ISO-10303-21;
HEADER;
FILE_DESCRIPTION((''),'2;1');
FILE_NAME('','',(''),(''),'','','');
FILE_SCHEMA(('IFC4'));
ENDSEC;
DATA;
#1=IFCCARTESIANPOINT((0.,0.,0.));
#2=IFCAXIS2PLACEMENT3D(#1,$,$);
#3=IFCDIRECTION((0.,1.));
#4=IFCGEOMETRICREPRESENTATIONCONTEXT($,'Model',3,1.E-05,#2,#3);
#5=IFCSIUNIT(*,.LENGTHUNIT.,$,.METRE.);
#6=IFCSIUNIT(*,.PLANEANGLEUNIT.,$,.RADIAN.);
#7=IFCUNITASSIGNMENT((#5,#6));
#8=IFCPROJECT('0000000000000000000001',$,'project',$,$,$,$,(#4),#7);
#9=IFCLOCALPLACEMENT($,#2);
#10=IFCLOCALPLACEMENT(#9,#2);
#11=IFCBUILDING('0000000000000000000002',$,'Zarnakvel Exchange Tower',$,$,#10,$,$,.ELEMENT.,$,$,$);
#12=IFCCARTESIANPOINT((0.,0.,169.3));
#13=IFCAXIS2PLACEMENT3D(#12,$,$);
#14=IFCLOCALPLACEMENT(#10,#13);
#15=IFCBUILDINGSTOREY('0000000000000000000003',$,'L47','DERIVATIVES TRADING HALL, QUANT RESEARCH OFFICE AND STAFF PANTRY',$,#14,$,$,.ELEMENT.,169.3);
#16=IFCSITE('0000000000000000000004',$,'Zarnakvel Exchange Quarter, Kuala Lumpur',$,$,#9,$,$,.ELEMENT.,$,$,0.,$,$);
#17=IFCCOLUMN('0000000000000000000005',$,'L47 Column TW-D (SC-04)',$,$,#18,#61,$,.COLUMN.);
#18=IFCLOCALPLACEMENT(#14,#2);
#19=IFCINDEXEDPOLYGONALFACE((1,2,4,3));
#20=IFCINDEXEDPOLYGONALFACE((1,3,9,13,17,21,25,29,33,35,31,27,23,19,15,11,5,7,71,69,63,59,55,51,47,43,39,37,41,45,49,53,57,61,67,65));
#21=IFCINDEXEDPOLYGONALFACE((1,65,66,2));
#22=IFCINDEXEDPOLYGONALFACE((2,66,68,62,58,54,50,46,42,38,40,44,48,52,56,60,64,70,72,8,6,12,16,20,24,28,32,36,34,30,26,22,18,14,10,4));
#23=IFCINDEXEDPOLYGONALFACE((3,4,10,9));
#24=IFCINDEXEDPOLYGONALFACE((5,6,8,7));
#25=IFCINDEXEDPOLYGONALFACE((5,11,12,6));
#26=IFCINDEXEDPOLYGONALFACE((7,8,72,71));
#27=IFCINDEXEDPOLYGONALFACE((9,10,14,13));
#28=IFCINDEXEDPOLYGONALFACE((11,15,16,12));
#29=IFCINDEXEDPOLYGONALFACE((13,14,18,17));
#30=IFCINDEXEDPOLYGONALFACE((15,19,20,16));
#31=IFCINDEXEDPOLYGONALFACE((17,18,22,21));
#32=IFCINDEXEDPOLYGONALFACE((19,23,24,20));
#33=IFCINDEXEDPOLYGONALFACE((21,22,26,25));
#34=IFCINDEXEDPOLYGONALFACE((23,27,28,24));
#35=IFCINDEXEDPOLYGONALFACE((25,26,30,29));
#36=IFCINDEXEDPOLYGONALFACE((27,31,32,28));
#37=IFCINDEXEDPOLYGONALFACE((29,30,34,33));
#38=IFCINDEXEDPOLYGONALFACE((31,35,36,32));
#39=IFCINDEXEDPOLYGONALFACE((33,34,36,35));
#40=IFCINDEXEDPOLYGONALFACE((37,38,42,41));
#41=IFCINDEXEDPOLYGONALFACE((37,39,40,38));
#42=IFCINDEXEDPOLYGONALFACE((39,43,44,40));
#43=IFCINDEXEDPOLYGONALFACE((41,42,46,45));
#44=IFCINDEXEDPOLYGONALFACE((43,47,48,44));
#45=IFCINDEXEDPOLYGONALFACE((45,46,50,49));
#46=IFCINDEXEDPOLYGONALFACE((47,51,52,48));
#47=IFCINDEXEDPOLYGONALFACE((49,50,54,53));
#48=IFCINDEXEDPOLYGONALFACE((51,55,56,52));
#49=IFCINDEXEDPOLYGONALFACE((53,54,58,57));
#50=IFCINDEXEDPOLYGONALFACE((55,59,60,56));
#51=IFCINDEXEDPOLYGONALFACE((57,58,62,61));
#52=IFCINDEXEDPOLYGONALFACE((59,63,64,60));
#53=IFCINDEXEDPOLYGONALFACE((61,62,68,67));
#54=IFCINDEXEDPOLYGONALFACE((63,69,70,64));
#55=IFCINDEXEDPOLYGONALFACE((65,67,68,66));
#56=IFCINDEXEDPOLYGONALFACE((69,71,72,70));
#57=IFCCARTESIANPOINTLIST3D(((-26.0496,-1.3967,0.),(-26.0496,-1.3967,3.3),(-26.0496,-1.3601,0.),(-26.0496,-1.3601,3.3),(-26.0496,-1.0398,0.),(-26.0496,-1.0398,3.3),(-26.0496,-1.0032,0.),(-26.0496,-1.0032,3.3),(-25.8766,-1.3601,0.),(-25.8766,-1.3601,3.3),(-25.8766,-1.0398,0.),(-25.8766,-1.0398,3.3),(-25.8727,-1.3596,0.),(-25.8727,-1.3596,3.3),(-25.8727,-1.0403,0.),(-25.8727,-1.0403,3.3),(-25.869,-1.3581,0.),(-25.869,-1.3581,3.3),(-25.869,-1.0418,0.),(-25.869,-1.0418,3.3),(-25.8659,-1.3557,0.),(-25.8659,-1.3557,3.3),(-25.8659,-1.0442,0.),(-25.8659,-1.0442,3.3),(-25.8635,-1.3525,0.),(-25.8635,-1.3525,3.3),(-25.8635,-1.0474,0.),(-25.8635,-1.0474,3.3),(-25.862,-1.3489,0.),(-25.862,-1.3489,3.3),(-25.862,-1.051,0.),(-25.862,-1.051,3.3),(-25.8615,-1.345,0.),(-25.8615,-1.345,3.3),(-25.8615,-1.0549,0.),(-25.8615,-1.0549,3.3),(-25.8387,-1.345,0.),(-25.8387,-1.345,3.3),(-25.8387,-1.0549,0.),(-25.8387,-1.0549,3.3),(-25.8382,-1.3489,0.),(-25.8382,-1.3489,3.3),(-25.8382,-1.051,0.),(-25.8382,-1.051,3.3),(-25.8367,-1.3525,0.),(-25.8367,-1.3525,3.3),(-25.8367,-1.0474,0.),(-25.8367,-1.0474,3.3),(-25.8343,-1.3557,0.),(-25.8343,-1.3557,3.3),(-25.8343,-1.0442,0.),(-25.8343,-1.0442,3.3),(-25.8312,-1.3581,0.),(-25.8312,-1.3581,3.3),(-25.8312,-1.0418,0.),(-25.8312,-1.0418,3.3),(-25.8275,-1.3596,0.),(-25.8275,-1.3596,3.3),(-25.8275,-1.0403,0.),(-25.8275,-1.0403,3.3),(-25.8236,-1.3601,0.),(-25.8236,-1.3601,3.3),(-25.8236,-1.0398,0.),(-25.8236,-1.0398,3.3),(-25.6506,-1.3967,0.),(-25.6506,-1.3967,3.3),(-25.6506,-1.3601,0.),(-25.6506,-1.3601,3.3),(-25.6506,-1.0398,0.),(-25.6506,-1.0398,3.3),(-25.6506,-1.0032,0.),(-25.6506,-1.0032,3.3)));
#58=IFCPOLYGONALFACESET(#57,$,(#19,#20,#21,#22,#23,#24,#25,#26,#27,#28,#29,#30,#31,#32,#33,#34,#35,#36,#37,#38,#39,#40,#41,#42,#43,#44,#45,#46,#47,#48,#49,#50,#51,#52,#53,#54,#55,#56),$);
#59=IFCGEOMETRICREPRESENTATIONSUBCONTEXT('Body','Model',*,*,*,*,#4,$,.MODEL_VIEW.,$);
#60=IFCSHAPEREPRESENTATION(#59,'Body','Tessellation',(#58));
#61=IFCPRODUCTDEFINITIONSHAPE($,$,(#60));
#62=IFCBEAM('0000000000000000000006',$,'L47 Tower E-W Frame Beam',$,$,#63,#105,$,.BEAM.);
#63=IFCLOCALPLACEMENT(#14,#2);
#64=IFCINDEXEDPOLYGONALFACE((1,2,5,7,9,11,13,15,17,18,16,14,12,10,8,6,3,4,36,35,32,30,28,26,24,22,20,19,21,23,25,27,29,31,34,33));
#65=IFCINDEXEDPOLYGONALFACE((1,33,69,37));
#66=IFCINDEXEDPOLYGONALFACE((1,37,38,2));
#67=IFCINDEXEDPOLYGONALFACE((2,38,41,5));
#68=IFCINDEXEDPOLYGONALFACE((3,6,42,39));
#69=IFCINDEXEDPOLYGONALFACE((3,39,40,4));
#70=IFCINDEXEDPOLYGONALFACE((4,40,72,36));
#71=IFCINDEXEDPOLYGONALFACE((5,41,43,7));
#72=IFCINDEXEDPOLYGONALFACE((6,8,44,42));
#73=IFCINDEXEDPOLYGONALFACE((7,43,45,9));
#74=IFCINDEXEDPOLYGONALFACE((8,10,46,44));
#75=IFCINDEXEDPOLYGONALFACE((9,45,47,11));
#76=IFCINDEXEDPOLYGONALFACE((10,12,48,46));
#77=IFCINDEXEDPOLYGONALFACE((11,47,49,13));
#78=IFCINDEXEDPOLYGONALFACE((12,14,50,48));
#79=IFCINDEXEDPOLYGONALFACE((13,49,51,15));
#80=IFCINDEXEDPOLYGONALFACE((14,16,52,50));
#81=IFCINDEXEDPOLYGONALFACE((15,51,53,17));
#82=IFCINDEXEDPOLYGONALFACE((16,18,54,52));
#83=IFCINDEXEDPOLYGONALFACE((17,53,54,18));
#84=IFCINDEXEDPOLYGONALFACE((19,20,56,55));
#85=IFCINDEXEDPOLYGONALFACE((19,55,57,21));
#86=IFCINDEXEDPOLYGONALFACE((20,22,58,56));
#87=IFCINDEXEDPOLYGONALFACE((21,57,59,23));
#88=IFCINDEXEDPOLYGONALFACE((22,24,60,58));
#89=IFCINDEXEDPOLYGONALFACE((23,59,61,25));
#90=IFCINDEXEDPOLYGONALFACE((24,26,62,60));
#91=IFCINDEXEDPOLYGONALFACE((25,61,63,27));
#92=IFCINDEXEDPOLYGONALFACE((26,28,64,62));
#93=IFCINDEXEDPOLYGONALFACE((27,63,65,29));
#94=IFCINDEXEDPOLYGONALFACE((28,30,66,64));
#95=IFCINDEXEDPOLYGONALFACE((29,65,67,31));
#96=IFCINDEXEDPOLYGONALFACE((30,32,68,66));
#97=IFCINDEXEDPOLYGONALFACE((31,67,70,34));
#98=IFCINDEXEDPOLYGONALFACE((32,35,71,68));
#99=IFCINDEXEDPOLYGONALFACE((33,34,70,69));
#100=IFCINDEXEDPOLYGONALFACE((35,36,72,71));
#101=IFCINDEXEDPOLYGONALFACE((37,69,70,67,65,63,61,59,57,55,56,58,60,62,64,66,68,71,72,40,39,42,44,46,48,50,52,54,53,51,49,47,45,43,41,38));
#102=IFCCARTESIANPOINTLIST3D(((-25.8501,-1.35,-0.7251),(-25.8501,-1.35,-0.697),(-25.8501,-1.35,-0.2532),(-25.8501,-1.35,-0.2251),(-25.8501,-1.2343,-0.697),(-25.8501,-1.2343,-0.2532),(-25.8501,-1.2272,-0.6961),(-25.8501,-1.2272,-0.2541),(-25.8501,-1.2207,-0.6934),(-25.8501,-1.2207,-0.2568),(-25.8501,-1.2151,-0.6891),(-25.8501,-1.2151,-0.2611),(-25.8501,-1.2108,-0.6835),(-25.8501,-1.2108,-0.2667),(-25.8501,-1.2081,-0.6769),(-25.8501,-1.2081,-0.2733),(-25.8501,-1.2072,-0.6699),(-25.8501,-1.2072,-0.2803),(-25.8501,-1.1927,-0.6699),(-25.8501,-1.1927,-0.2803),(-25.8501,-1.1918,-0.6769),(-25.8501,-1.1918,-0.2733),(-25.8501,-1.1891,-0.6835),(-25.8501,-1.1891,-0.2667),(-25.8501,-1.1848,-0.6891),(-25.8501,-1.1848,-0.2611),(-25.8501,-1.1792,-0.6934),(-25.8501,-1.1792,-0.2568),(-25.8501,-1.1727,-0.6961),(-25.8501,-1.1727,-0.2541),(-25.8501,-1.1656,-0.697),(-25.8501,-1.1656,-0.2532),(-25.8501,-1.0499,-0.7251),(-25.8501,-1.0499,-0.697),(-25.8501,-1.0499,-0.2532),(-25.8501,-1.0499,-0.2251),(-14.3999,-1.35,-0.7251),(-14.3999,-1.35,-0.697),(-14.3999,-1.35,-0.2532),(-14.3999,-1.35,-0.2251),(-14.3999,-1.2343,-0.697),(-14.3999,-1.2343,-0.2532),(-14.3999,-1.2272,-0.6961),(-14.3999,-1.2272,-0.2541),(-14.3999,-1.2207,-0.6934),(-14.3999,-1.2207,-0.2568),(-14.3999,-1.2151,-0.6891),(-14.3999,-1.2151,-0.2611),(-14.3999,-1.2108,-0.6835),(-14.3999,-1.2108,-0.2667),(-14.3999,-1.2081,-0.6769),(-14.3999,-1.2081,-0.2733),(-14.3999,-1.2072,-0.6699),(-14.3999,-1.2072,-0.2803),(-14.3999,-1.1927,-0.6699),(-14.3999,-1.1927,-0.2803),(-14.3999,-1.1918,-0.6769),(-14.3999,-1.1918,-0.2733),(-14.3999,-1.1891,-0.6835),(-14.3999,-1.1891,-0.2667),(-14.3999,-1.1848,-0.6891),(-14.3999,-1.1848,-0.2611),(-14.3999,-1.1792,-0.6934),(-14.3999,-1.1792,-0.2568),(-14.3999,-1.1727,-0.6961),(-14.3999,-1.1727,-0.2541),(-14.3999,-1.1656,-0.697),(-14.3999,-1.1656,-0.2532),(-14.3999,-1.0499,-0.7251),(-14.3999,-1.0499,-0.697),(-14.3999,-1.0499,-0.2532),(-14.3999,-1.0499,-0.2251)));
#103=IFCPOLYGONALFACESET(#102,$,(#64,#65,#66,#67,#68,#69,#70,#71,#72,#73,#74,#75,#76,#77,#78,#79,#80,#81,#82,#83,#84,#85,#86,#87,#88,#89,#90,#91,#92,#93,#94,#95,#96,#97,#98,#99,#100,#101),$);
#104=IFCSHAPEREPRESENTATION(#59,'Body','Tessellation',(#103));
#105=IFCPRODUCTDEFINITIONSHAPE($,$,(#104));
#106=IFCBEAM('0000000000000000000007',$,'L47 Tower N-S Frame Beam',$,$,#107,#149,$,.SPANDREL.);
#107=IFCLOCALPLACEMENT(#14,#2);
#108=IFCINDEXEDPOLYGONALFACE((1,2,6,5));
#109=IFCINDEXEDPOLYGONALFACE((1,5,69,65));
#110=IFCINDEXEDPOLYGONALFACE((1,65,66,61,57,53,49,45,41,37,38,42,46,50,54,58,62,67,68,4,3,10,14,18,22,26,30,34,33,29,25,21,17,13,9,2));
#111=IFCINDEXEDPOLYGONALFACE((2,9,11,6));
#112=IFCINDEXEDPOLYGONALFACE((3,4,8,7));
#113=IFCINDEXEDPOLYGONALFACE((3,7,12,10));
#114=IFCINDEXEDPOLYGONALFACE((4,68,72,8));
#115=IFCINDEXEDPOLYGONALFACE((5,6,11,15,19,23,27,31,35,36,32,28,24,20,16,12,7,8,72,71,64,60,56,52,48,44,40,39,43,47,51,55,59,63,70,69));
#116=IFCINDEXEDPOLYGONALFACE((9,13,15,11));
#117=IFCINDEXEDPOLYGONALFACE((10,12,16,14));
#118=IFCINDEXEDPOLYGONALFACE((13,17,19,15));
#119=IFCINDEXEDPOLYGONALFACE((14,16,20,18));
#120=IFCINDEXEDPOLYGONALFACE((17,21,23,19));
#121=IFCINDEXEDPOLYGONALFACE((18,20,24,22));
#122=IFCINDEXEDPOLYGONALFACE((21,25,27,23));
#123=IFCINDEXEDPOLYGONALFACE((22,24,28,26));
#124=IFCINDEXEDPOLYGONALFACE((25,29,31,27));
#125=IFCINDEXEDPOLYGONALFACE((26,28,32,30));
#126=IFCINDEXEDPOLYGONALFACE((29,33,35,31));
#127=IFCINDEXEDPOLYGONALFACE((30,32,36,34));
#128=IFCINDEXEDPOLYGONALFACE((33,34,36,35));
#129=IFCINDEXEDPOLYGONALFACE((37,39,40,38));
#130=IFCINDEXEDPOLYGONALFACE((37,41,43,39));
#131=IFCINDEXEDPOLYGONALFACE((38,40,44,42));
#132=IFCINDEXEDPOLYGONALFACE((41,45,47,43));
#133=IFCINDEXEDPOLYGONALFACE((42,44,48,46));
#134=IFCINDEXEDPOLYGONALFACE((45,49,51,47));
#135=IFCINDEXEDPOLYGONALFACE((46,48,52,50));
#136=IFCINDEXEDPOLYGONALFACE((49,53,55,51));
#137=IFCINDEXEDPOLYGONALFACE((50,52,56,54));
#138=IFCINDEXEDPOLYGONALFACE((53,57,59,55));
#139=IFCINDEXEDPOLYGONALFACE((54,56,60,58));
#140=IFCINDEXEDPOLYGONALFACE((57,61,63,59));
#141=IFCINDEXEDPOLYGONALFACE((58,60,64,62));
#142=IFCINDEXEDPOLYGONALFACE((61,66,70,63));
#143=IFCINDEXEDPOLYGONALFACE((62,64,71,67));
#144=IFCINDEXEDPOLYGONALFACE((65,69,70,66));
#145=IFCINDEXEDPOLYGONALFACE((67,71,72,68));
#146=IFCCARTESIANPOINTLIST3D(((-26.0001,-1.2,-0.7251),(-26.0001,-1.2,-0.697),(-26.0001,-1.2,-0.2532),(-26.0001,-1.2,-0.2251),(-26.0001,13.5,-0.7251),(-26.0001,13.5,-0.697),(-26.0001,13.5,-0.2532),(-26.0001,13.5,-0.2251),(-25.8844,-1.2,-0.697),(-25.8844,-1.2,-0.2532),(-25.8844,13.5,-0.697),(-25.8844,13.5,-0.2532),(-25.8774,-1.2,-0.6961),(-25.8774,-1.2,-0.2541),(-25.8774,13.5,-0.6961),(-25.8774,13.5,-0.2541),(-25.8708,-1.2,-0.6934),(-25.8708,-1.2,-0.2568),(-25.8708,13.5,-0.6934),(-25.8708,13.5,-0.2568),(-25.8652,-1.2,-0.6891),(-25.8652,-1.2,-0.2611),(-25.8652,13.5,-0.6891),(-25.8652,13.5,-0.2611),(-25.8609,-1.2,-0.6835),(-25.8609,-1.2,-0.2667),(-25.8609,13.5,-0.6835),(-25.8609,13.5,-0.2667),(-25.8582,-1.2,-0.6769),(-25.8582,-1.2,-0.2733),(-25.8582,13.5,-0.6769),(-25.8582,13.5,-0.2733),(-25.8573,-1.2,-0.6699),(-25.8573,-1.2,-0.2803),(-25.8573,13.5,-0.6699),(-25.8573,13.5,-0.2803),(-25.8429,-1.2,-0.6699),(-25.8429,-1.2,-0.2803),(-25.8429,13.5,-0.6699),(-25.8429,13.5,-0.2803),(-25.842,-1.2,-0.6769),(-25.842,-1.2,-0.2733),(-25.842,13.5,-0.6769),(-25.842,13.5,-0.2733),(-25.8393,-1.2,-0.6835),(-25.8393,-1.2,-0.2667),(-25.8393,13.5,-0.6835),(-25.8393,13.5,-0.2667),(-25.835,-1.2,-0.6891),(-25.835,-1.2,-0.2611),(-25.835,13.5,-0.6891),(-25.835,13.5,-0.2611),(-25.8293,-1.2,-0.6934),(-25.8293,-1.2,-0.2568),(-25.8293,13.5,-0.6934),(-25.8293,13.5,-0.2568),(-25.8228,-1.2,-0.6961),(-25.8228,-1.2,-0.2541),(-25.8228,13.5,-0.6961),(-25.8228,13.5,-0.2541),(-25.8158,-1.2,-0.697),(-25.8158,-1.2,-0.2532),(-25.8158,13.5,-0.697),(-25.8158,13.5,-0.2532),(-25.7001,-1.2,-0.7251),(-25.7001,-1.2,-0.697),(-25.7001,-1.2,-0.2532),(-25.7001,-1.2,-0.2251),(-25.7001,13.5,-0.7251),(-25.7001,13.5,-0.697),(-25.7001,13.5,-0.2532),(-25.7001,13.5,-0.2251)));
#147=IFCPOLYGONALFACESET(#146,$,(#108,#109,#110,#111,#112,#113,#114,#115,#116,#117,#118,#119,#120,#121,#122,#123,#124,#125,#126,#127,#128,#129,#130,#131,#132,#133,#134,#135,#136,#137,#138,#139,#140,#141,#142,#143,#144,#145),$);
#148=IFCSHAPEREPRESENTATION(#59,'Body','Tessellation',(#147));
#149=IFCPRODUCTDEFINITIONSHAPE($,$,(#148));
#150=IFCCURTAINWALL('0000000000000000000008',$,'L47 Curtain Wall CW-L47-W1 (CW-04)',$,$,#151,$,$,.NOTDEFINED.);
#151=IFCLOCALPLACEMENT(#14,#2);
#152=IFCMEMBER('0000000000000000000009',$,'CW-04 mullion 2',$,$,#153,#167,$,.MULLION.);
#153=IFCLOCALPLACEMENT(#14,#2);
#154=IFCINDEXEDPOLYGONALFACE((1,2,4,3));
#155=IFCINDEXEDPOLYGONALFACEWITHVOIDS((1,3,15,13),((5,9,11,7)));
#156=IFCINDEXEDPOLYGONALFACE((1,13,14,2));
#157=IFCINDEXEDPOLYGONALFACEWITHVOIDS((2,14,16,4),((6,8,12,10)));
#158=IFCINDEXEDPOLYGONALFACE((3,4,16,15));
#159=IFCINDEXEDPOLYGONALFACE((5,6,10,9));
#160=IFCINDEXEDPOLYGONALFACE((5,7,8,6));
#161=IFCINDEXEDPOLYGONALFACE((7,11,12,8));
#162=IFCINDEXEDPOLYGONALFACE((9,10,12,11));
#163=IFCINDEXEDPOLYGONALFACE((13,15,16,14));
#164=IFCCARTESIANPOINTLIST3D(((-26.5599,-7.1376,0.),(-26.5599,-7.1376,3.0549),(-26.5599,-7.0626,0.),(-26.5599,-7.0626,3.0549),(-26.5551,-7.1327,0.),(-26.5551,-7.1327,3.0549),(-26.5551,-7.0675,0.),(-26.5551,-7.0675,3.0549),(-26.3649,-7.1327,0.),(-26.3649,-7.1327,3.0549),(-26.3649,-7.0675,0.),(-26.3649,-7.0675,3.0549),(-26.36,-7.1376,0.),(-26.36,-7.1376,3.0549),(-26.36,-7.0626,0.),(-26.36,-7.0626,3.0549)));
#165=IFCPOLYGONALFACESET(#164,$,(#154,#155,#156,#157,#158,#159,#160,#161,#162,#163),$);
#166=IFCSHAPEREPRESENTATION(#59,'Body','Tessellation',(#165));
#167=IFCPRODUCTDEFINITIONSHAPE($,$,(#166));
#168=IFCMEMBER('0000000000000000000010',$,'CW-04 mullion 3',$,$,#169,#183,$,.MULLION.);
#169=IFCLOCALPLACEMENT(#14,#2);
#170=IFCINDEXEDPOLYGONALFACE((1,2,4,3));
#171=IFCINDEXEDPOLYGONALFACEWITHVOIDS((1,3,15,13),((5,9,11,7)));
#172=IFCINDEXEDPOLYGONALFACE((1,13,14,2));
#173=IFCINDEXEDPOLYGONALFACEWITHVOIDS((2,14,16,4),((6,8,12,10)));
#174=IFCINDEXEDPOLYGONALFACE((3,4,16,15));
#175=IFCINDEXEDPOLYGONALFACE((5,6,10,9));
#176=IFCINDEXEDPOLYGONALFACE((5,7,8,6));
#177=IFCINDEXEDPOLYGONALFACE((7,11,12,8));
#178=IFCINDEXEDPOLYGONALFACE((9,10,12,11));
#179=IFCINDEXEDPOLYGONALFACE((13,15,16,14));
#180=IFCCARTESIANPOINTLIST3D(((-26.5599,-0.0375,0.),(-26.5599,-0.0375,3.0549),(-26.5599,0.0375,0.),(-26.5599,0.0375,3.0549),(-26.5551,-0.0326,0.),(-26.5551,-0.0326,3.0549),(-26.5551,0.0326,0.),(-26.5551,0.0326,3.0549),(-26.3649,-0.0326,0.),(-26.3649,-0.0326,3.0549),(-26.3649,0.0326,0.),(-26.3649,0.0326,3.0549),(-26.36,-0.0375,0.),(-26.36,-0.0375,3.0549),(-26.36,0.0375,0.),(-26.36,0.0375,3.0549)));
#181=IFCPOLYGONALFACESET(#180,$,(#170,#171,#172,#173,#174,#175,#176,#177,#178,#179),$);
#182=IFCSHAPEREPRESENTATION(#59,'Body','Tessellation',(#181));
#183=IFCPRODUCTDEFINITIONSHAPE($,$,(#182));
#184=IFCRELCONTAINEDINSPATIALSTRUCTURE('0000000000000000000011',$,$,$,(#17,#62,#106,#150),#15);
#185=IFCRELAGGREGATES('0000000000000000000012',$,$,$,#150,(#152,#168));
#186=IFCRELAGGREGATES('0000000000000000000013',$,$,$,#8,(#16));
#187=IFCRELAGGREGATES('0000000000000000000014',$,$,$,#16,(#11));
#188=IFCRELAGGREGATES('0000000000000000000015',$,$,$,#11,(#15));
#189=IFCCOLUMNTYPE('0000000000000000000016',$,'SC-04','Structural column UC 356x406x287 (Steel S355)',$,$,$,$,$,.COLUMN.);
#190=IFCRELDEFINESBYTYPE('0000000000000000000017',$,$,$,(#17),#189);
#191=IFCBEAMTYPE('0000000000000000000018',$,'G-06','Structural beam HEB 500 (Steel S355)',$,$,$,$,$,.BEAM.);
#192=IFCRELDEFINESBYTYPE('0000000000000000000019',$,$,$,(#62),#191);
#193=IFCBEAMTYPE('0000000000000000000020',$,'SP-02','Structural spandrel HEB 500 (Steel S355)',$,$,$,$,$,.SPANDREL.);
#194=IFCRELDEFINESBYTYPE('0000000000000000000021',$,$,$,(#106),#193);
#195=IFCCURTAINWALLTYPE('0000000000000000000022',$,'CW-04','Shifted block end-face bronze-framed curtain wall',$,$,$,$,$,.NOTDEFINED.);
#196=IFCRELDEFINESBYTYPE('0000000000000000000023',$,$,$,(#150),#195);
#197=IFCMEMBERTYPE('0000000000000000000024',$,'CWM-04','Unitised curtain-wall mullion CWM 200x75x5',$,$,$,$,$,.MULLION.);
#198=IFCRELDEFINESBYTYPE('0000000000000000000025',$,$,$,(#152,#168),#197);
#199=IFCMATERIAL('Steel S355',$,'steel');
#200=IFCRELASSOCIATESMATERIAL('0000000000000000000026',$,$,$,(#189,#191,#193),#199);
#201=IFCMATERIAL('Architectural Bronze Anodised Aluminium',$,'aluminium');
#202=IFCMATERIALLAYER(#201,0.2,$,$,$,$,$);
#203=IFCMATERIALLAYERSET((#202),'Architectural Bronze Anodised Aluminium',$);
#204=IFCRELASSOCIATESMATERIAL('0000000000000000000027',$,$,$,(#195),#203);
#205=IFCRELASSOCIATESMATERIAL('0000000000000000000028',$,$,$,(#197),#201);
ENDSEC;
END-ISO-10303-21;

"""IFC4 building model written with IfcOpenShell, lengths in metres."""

from ifc_helpers import new_model, si_unit, direction, frame, origin, origin_2d, place, context, subcontext, project, spatial, hollow_rectangle, i_section, extrude, source, transform, mapped, material, layer, layer_set, material_profile, profile_set, type_object, element, aggregate, save


model = new_model("IFC4")

# Units and contexts
model_context = context("Model", 3, precision=1e-05, world=origin(), true_north=direction((0.0, 1.0)))
body_context = subcontext(model_context, "Body", "Model", "MODEL_VIEW")
ifc_project = project(units=[si_unit("LENGTHUNIT", "METRE"), si_unit("PLANEANGLEUNIT", "RADIAN")], contexts=[model_context])

# Site, building, storey
site_placement = place(None, origin())
site = spatial("IfcSite", under=ifc_project, at=site_placement, Name="Zarnakvel Exchange Quarter, Kuala Lumpur", CompositionType="ELEMENT", RefElevation=0.0)
building_placement = place(site_placement, origin())
building = spatial("IfcBuilding", under=site, at=building_placement, Name="Zarnakvel Exchange Tower", CompositionType="ELEMENT")
storey_placement = place(building_placement, frame((0.0, 0.0, 169.3)))
storey = spatial("IfcBuildingStorey", under=building, at=storey_placement, Name="L47", Description="DERIVATIVES TRADING HALL, QUANT RESEARCH OFFICE AND STAFF PANTRY", CompositionType="ELEMENT", Elevation=169.3)

# Column
ifc_material_1 = material(Name="Steel S355", Category="steel")
ifc_material_profile_1 = material_profile(ifc_material_1, i_section(OverallWidth=0.3989, OverallDepth=0.3936, WebThickness=0.0227, FlangeThickness=0.0366, FilletRadius=0.0151, at=origin_2d()))
ifc_profile_set_1 = profile_set([ifc_material_profile_1], Name="Steel S355")
column_type = type_object("IfcColumnType", Name="SC-04", Description="Structural column UC 356x406x287 (Steel S355)", PredefinedType="COLUMN", material=ifc_profile_set_1)
column_placement = place(storey_placement, frame((-25.8501, -1.2, 0.0), z_axis=(0.0, 0.0, 1.0), x_axis=(1.0, 0.0, 0.0)))
element("IfcColumn", 1, at=column_placement, inside=storey, type_object=column_type, Name="L47 Column TW-D (SC-04)", PredefinedType="COLUMN", context=body_context, shape_type="SweptSolid", body=[
    extrude(i_section(OverallWidth=0.3989, OverallDepth=0.3936, WebThickness=0.0227, FlangeThickness=0.0366, FilletRadius=0.0151, at=origin_2d()), origin(), (0.0, 0.0, 1.0), 3.3),
])

# Beams
ifc_material_profile_2 = material_profile(ifc_material_1, i_section(OverallWidth=0.3, OverallDepth=0.5, WebThickness=0.0144, FlangeThickness=0.0281, FilletRadius=0.0271, at=origin_2d()))
ifc_profile_set_2 = profile_set([ifc_material_profile_2], Name="Steel S355")
beam_type_1 = type_object("IfcBeamType", Name="G-06", Description="Structural beam HEB 500 (Steel S355)", PredefinedType="BEAM", material=ifc_profile_set_2)
beam_1_placement = place(storey_placement, frame((-25.8501, -1.2, -0.4751), z_axis=(1.0, 0.0, 0.0), x_axis=(0.0, 1.0, 0.0)))
element("IfcBeam", 2, at=beam_1_placement, inside=storey, type_object=beam_type_1, Name="L47 Tower E-W Frame Beam", PredefinedType="BEAM", context=body_context, shape_type="SweptSolid", body=[
    extrude(i_section(OverallWidth=0.3, OverallDepth=0.5, WebThickness=0.0144, FlangeThickness=0.0281, FilletRadius=0.0271, at=origin_2d()), origin(), (0.0, 0.0, 1.0), 11.4502),
])
ifc_material_profile_3 = material_profile(ifc_material_1, i_section(OverallWidth=0.3, OverallDepth=0.5, WebThickness=0.0144, FlangeThickness=0.0281, FilletRadius=0.0271, at=origin_2d()))
ifc_profile_set_3 = profile_set([ifc_material_profile_3], Name="Steel S355")
beam_type_2 = type_object("IfcBeamType", Name="SP-02", Description="Structural spandrel HEB 500 (Steel S355)", PredefinedType="SPANDREL", material=ifc_profile_set_3)
beam_2_placement = place(storey_placement, frame((-25.8501, -1.2, -0.4751), z_axis=(0.0, 1.0, 0.0), x_axis=(-1.0, 0.0, 0.0)))
element("IfcBeam", 3, at=beam_2_placement, inside=storey, type_object=beam_type_2, Name="L47 Tower N-S Frame Beam", PredefinedType="SPANDREL", context=body_context, shape_type="SweptSolid", body=[
    extrude(i_section(OverallWidth=0.3, OverallDepth=0.5, WebThickness=0.0144, FlangeThickness=0.0281, FilletRadius=0.0271, at=origin_2d()), origin(), (0.0, 0.0, 1.0), 14.7),
])

# Curtain wall, members
ifc_material_2 = material(Name="Architectural Bronze Anodised Aluminium", Category="aluminium")
ifc_layer_1 = layer(ifc_material_2, 0.2)
ifc_layer_set_1 = layer_set([ifc_layer_1], Name="Architectural Bronze Anodised Aluminium")
curtain_wall_type = type_object("IfcCurtainWallType", Name="CW-04", Description="Shifted block end-face bronze-framed curtain wall", PredefinedType="NOTDEFINED", material=ifc_layer_set_1)
curtain_wall_placement = place(storey_placement, origin())
curtain_wall = element("IfcCurtainWall", 4, at=curtain_wall_placement, inside=storey, type_object=curtain_wall_type, Name="L47 Curtain Wall CW-L47-W1 (CW-04)", PredefinedType="NOTDEFINED")
ifc_material_profile_4 = material_profile(ifc_material_2, hollow_rectangle(XDim=0.2, YDim=0.075, WallThickness=0.0049, at=origin_2d()))
ifc_profile_set_4 = profile_set([ifc_material_profile_4], Name="Architectural Bronze Anodised Aluminium")
member_type_1 = type_object("IfcMemberType", Name="CWM-04", Description="Unitised curtain-wall mullion CWM 200x75x5", PredefinedType="MULLION", material=ifc_profile_set_4)
shared_shape_1 = source(origin(), body_context, "Body", "SweptSolid", [
    extrude(hollow_rectangle(XDim=0.2, YDim=0.075, WallThickness=0.0049, at=origin_2d()), origin(), (0.0, 0.0, 1.0), 3.0549),
])
member_1_placement = place(storey_placement, frame((-26.46, -7.1001, 0.0), z_axis=(0.0, 0.0, 1.0), x_axis=(-1.0, 0.0, 0.0)))
member_1 = element("IfcMember", 5, at=member_1_placement, type_object=member_type_1, Name="CW-04 mullion 2", PredefinedType="MULLION", context=body_context, shape_type="MappedRepresentation", body=[
    mapped(shared_shape_1, transform((0.0, 0.0, 0.0), x_axis=(1.0, 0.0, 0.0), y_axis=(0.0, 1.0, 0.0), z_axis=(0.0, 0.0, 1.0), scale=1.0)),
])
member_2_placement = place(storey_placement, frame((-26.46, 0.0, 0.0), z_axis=(0.0, 0.0, 1.0), x_axis=(-1.0, 0.0, 0.0)))
member_2 = element("IfcMember", 6, at=member_2_placement, type_object=member_type_1, Name="CW-04 mullion 3", PredefinedType="MULLION", context=body_context, shape_type="MappedRepresentation", body=[
    mapped(shared_shape_1, transform((0.0, 0.0, 0.0), x_axis=(1.0, 0.0, 0.0), y_axis=(0.0, 1.0, 0.0), z_axis=(0.0, 0.0, 1.0), scale=1.0)),
])
aggregate(curtain_wall, [member_1, member_2])

save(model, "model.ifc")
